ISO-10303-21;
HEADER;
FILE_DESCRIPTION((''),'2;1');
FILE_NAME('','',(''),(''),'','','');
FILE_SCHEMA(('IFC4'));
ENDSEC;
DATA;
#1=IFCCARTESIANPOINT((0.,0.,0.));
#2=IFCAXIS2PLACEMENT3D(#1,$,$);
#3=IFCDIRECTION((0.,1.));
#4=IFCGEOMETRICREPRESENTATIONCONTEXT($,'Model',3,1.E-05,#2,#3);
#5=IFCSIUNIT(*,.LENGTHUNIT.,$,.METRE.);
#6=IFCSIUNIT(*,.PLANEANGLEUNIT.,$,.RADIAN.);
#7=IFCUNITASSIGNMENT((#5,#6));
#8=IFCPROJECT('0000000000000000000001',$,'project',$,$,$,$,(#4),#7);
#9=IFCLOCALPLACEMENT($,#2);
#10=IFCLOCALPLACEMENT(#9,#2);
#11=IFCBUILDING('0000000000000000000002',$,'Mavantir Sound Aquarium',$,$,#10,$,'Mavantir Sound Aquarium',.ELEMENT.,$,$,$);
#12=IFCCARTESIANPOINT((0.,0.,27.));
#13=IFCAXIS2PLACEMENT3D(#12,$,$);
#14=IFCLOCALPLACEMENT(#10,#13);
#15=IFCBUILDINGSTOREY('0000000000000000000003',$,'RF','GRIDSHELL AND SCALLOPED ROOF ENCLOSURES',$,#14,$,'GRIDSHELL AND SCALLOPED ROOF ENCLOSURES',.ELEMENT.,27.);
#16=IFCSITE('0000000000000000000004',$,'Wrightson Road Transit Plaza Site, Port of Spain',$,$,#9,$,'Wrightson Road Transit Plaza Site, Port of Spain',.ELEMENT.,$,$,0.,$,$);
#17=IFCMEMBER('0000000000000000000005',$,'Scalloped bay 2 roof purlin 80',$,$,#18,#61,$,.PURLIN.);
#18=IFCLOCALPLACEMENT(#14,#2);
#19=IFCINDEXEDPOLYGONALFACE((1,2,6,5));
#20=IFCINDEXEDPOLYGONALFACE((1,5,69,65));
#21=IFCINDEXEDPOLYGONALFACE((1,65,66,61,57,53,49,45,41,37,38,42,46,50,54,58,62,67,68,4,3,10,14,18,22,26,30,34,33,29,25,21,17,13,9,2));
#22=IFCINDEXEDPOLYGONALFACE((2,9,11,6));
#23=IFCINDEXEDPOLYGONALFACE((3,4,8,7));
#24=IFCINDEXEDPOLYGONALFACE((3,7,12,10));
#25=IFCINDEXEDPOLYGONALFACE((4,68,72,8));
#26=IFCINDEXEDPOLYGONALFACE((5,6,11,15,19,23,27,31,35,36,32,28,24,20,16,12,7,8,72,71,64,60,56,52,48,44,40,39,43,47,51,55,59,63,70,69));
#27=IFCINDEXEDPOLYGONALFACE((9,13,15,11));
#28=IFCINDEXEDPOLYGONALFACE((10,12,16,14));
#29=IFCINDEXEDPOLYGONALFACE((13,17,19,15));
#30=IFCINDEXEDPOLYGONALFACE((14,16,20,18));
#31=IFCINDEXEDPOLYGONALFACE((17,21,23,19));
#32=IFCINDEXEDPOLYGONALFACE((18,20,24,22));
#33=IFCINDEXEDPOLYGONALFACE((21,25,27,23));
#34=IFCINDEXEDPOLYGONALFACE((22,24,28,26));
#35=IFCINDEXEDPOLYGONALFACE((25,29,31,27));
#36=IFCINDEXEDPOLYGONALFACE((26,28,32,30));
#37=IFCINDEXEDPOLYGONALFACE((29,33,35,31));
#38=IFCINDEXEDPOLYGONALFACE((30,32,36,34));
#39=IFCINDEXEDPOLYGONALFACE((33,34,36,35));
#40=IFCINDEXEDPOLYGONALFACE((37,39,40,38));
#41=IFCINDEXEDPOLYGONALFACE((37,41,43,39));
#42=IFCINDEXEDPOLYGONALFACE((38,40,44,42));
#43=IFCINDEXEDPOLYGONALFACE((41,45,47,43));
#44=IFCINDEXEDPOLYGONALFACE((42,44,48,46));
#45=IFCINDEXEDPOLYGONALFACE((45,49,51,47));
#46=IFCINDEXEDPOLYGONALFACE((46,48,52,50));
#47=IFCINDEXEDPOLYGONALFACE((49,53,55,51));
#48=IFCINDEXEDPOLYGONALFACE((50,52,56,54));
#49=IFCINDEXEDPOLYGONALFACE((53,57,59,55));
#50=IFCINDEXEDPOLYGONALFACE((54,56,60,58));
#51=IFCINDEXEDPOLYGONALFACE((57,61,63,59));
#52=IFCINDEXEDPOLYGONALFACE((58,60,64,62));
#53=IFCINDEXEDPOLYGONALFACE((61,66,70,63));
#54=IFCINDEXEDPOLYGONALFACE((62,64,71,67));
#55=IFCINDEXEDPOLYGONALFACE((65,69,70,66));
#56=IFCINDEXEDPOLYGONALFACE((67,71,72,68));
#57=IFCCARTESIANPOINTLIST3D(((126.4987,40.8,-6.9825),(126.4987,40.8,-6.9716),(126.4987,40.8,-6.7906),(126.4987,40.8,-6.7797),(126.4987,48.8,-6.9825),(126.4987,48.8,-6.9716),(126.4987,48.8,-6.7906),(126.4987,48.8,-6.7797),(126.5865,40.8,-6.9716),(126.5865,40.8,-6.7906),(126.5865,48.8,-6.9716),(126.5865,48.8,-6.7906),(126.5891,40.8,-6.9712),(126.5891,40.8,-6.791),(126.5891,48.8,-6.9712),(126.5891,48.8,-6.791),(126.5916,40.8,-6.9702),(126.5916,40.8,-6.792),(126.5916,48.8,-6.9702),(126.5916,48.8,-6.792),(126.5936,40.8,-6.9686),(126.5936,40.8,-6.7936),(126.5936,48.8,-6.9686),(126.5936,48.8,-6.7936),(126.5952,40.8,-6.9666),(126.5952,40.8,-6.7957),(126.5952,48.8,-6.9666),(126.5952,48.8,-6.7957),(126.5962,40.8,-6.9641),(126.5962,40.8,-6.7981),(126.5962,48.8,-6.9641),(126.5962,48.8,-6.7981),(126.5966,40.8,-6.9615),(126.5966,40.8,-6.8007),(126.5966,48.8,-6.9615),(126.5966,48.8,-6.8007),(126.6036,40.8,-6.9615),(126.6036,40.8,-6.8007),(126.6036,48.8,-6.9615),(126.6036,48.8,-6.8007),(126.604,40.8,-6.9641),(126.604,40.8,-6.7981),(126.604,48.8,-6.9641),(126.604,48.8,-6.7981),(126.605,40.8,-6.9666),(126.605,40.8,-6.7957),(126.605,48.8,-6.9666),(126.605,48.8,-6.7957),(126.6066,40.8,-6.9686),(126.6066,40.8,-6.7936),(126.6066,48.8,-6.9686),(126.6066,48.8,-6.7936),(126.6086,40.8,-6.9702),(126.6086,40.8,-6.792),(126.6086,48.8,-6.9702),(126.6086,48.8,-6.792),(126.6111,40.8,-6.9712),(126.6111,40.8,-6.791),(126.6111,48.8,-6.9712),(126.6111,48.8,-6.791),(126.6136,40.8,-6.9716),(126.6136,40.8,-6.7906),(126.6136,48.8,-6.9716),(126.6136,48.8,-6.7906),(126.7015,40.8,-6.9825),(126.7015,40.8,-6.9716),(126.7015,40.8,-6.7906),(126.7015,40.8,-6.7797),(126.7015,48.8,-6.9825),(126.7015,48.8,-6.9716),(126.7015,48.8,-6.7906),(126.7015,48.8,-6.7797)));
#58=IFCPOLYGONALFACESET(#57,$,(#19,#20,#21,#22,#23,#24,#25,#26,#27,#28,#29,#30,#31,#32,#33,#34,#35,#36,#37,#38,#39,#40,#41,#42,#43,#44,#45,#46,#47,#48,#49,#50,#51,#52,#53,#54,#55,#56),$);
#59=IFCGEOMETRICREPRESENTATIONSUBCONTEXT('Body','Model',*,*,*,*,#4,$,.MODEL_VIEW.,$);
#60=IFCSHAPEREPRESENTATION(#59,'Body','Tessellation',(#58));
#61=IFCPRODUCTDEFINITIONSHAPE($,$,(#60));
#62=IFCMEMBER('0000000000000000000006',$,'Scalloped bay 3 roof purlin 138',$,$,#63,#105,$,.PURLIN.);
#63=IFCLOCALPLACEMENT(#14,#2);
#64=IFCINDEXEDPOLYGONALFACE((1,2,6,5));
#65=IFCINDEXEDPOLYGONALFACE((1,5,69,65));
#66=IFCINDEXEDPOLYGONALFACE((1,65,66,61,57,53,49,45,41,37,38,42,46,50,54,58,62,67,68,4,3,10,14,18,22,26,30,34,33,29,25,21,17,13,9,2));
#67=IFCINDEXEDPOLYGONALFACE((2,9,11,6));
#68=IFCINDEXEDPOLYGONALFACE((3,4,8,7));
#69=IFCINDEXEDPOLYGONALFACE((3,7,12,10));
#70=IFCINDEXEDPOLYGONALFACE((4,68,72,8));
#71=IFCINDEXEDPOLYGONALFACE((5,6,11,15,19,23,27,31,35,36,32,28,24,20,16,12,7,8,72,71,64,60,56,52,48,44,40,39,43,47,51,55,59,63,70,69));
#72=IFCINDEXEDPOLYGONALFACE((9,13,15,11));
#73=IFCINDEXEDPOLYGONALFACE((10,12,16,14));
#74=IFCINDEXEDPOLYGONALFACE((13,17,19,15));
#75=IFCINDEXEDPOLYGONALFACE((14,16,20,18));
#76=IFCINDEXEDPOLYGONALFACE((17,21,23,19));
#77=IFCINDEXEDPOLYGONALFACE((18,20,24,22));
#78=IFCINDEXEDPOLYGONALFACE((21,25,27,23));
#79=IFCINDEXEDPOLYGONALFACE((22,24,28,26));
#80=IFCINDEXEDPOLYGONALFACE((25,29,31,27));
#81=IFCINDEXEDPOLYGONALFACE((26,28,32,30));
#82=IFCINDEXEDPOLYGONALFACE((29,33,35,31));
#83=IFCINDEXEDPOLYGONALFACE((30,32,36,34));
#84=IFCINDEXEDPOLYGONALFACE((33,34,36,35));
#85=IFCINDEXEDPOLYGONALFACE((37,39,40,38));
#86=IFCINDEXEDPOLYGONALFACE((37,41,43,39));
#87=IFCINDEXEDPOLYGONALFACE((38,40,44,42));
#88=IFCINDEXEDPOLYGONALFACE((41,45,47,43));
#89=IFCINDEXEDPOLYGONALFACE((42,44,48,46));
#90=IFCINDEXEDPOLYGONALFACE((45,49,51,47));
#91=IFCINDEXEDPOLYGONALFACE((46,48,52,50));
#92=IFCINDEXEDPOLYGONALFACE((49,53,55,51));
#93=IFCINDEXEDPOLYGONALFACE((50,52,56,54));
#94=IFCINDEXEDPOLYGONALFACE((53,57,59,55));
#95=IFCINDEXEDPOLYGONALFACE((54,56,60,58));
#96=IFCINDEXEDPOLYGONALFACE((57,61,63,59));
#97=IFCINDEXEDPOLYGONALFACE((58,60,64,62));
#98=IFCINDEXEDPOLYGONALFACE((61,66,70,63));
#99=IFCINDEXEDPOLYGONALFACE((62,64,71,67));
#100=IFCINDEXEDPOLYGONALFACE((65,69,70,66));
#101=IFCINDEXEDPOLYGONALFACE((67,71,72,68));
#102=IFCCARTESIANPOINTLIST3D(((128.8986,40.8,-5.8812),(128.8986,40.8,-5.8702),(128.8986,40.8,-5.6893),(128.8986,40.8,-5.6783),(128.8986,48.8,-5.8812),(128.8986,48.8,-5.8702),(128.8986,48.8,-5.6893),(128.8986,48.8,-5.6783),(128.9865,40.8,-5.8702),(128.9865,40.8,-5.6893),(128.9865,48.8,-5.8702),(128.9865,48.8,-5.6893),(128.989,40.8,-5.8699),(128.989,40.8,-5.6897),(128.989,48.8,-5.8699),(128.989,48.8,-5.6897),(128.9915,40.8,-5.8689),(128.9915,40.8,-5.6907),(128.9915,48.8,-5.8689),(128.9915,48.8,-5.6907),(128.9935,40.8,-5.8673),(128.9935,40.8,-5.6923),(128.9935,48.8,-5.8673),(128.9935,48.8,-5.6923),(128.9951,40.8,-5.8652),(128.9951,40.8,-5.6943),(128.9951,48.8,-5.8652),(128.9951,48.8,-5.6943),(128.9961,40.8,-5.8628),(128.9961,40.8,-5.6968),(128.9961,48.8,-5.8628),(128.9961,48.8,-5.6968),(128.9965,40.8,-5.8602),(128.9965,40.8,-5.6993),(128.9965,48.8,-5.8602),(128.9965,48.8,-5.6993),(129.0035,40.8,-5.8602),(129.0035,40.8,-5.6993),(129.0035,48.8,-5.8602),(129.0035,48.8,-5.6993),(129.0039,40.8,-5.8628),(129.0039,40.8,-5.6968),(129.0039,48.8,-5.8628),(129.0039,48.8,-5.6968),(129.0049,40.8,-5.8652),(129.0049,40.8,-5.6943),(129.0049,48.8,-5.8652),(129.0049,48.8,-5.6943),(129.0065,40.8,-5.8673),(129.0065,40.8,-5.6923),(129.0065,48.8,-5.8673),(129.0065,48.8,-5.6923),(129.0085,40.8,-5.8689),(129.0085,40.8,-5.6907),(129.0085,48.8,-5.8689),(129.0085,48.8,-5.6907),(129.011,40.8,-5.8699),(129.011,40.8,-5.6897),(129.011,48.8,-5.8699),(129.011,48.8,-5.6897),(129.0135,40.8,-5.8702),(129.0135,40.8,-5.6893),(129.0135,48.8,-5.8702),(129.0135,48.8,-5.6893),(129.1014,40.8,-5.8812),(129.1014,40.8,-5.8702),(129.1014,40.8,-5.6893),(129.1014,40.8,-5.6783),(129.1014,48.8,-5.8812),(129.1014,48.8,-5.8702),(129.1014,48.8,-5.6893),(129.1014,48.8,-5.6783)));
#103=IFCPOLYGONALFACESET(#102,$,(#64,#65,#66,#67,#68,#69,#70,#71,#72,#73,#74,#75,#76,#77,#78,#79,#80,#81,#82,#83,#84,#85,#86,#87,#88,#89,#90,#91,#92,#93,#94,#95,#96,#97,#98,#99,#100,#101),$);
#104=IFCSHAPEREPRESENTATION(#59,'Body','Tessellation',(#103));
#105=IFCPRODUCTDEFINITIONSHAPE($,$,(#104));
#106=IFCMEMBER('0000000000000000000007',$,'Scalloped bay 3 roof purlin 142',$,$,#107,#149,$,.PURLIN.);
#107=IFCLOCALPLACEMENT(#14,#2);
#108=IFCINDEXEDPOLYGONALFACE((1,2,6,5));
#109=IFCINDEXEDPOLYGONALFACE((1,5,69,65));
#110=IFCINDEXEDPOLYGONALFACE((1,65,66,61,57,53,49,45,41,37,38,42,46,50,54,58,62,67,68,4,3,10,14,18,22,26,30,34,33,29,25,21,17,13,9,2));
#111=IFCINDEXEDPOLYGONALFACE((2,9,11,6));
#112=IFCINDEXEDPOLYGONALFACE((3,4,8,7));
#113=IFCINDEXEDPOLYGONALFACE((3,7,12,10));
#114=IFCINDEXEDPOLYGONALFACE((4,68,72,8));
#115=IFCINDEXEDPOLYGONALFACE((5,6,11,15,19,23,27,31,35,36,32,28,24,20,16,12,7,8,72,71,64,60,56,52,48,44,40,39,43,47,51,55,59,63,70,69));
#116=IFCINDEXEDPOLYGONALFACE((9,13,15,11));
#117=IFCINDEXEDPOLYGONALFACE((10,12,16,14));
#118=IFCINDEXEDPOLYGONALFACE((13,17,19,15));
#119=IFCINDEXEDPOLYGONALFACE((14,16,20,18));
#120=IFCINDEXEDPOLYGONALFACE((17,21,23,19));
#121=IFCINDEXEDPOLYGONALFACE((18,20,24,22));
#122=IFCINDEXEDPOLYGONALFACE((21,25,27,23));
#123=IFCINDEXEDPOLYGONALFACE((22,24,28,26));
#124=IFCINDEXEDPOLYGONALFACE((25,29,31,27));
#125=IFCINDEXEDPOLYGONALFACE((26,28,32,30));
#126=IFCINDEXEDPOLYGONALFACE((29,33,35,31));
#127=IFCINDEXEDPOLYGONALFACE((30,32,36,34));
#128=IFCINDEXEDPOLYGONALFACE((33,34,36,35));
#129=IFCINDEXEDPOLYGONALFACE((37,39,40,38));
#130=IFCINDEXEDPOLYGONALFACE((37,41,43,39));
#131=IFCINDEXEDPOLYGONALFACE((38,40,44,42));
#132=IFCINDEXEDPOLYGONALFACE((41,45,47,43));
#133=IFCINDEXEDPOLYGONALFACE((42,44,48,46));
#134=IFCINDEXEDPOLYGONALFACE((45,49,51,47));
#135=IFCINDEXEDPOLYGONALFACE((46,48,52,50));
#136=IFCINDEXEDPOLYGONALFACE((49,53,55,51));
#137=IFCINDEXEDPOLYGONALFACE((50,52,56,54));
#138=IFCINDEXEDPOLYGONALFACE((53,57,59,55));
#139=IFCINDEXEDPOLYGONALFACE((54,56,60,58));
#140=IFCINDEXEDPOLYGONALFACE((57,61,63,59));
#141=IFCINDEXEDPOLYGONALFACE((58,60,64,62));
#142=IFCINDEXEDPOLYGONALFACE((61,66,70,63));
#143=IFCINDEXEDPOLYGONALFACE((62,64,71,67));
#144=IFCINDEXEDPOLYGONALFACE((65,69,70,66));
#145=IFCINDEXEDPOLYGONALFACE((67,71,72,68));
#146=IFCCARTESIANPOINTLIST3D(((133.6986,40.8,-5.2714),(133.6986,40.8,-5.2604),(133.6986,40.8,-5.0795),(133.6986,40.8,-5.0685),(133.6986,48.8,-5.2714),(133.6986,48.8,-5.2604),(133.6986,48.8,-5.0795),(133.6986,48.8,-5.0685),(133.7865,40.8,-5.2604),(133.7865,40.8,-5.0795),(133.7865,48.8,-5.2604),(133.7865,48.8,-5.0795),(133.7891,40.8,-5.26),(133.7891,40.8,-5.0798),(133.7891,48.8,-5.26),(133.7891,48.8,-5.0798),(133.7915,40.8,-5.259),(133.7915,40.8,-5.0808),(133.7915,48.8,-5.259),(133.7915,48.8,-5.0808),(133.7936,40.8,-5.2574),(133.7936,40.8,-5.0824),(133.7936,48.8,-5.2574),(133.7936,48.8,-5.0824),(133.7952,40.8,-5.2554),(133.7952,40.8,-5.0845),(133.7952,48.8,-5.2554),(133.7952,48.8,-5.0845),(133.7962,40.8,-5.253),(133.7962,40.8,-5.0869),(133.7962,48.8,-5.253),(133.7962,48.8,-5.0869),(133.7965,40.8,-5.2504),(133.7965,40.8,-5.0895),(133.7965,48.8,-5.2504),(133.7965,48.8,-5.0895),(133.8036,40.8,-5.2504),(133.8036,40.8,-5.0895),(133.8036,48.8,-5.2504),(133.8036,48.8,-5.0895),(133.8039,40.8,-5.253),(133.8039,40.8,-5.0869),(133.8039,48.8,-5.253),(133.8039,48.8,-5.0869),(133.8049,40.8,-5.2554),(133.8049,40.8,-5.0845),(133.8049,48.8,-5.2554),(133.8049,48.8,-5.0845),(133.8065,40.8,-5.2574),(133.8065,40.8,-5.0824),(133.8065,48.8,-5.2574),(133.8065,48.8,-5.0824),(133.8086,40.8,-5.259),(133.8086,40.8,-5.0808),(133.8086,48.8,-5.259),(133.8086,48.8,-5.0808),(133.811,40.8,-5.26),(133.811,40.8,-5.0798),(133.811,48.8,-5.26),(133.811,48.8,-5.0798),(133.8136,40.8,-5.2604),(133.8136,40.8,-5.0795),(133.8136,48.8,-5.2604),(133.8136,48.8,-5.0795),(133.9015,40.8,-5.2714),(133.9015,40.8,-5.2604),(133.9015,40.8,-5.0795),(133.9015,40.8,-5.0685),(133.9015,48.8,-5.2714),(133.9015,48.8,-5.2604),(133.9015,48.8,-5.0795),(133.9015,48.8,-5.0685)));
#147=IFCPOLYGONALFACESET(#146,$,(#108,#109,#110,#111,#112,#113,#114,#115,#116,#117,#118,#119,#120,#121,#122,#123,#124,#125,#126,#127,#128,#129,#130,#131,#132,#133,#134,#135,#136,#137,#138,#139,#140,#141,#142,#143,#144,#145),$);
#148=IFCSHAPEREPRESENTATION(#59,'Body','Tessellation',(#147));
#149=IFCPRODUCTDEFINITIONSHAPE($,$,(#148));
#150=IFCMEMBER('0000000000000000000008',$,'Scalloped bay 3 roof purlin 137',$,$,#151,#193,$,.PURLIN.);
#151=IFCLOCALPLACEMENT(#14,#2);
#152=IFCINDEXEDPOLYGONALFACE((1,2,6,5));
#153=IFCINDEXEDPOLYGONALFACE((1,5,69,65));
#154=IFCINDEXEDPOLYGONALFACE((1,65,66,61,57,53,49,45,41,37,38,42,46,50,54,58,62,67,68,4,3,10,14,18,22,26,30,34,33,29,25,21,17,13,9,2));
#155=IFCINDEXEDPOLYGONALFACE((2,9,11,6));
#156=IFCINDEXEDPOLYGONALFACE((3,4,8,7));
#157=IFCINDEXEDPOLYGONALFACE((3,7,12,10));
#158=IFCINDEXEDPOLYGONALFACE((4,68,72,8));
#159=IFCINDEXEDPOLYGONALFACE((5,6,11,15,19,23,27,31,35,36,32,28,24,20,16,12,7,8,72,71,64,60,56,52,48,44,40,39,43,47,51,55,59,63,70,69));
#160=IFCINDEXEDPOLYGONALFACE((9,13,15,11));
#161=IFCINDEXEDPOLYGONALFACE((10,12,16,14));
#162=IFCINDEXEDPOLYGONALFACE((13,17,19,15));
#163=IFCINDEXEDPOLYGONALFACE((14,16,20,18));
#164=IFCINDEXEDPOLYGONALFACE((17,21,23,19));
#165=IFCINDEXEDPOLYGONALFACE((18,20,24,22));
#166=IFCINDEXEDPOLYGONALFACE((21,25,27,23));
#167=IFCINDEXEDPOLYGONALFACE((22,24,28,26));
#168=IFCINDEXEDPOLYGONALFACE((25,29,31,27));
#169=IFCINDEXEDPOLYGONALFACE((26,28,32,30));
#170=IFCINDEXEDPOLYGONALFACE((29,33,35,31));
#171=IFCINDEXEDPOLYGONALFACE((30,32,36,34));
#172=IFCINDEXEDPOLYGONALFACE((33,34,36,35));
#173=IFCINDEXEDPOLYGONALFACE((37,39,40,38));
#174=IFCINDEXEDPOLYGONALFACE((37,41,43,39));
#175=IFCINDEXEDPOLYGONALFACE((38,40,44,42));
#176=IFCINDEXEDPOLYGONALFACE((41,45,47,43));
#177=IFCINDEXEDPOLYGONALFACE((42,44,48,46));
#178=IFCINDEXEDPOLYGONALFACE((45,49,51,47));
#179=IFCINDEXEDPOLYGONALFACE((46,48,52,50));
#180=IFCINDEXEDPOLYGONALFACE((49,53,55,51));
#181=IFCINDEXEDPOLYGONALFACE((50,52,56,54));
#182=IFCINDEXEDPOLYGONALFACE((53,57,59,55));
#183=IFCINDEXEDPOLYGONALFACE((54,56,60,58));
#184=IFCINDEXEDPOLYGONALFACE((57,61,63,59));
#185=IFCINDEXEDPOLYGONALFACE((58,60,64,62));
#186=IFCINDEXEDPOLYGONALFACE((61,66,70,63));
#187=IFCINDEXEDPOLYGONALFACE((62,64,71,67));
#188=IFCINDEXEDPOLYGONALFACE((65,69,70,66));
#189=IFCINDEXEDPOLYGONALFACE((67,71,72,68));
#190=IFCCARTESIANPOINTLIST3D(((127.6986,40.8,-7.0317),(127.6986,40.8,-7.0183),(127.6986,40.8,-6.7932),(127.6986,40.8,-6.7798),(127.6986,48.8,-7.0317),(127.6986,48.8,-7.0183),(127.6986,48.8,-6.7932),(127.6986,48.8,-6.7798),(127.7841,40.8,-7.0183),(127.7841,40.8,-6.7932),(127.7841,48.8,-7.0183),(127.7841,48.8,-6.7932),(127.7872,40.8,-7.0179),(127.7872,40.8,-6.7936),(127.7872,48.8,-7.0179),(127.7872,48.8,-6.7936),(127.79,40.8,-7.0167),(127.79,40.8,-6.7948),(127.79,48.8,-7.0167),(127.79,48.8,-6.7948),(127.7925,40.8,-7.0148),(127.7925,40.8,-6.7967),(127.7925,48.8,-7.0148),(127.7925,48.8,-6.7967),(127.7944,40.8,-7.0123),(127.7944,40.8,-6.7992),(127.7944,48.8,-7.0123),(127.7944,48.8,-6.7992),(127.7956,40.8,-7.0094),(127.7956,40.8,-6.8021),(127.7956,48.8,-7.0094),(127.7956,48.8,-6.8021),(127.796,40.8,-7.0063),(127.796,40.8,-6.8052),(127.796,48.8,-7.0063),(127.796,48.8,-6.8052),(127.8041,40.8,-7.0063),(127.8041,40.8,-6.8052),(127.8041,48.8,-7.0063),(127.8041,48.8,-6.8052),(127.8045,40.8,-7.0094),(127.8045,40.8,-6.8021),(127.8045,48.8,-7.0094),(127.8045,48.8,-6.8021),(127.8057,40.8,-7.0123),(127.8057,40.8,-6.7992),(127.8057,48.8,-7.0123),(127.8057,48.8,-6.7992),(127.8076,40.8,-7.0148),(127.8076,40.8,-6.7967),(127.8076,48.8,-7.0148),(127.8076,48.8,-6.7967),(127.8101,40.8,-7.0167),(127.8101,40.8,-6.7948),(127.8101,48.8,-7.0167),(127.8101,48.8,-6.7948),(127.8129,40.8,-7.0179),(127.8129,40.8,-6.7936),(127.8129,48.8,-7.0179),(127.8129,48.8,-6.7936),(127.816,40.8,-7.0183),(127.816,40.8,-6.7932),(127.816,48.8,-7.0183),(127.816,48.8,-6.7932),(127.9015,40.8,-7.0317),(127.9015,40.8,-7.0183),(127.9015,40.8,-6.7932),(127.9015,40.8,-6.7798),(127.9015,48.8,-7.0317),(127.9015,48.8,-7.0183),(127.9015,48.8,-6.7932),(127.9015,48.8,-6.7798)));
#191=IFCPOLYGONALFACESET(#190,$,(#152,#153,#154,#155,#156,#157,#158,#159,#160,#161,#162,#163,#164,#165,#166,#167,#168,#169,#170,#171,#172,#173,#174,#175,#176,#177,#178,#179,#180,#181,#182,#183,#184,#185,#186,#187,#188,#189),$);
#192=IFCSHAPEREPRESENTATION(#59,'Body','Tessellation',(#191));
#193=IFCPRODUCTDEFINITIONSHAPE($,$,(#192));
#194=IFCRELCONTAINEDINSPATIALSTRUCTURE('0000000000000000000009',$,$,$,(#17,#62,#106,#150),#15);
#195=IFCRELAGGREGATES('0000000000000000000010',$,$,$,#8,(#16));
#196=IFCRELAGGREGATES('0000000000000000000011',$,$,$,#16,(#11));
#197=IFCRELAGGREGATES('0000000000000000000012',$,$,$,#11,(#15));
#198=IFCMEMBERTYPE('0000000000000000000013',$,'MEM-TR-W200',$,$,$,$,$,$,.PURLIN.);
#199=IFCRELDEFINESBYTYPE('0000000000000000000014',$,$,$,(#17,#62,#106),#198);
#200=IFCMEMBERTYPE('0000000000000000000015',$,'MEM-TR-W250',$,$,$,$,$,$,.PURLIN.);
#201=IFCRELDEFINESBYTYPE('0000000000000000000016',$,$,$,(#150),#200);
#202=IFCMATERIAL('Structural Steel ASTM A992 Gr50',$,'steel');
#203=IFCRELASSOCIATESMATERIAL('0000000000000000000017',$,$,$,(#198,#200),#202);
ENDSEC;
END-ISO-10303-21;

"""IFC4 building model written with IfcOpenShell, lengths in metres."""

from ifc_helpers import new_model, si_unit, direction, frame, origin, origin_2d, place, context, subcontext, project, spatial, i_section, extrude, material, material_profile, profile_set, type_object, element, save


model = new_model("IFC4")

# Units and contexts
model_context = context("Model", 3, precision=1e-05, world=origin(), true_north=direction((0.0, 1.0)))
body_context = subcontext(model_context, "Body", "Model", "MODEL_VIEW")
ifc_project = project(units=[si_unit("LENGTHUNIT", "METRE"), si_unit("PLANEANGLEUNIT", "RADIAN")], contexts=[model_context])

# Site, building, storey
site_placement = place(None, origin())
site = spatial("IfcSite", under=ifc_project, at=site_placement, Name="Wrightson Road Transit Plaza Site, Port of Spain", LongName="Wrightson Road Transit Plaza Site, Port of Spain", CompositionType="ELEMENT", RefElevation=0.0)
building_placement = place(site_placement, origin())
building = spatial("IfcBuilding", under=site, at=building_placement, Name="Mavantir Sound Aquarium", LongName="Mavantir Sound Aquarium", CompositionType="ELEMENT")
storey_placement = place(building_placement, frame((0.0, 0.0, 27.0)))
storey = spatial("IfcBuildingStorey", under=building, at=storey_placement, Name="RF", Description="GRIDSHELL AND SCALLOPED ROOF ENCLOSURES", LongName="GRIDSHELL AND SCALLOPED ROOF ENCLOSURES", CompositionType="ELEMENT", Elevation=27.0)

# Shared definitions
ifc_material_1 = material(Name="Structural Steel ASTM A992 Gr50", Category="steel")

# Members
ifc_material_profile_1 = material_profile(ifc_material_1, i_section(OverallWidth=0.2029, OverallDepth=0.2029, WebThickness=0.0071, FlangeThickness=0.011, FilletRadius=0.01, at=origin_2d()), Name="W200X46")
ifc_profile_set_1 = profile_set([ifc_material_profile_1], Name="Structural Steel ASTM A992 Gr50")
member_type_1 = type_object("IfcMemberType", Name="MEM-TR-W200", PredefinedType="PURLIN", material=ifc_profile_set_1)
for number, where, z_axis, x_axis, name in (
    (1, (126.6001, 40.8, -6.8811), (0.0, 1.0, 0.0), (-1.0, 0.0, 0.0), "Scalloped bay 2 roof purlin 80"),
    (2, (129.0, 40.8, -5.7798), (0.0, 1.0, 0.0), (-1.0, 0.0, 0.0), "Scalloped bay 3 roof purlin 138"),
    (3, (133.8, 40.8, -5.1699), (0.0, 1.0, 0.0), (-1.0, 0.0, 0.0), "Scalloped bay 3 roof purlin 142"),
):
    element("IfcMember", number, at=place(storey_placement, frame(where, z_axis=z_axis, x_axis=x_axis)), inside=storey, type_object=member_type_1, Name=name, PredefinedType="PURLIN", context=body_context, shape_type="SweptSolid", body=[
        extrude(i_section(OverallWidth=0.2029, OverallDepth=0.2029, WebThickness=0.0071, FlangeThickness=0.011, FilletRadius=0.01, at=origin_2d()), origin(), (0.0, 0.0, 1.0), 8.0),
    ])
ifc_material_profile_2 = material_profile(ifc_material_1, i_section(OverallWidth=0.2029, OverallDepth=0.252, WebThickness=0.0081, FlangeThickness=0.0134, FilletRadius=0.012, at=origin_2d()), Name="W250X58")
ifc_profile_set_2 = profile_set([ifc_material_profile_2], Name="Structural Steel ASTM A992 Gr50")
member_type_2 = type_object("IfcMemberType", Name="MEM-TR-W250", PredefinedType="PURLIN", material=ifc_profile_set_2)
for number, where, z_axis, x_axis, name in (
    (4, (127.8, 40.8, -6.9058), (0.0, 1.0, 0.0), (-1.0, 0.0, 0.0), "Scalloped bay 3 roof purlin 137"),
):
    element("IfcMember", number, at=place(storey_placement, frame(where, z_axis=z_axis, x_axis=x_axis)), inside=storey, type_object=member_type_2, Name=name, PredefinedType="PURLIN", context=body_context, shape_type="SweptSolid", body=[
        extrude(i_section(OverallWidth=0.2029, OverallDepth=0.252, WebThickness=0.0081, FlangeThickness=0.0134, FilletRadius=0.012, at=origin_2d()), origin(), (0.0, 0.0, 1.0), 8.0),
    ])

save(model, "model.ifc")
